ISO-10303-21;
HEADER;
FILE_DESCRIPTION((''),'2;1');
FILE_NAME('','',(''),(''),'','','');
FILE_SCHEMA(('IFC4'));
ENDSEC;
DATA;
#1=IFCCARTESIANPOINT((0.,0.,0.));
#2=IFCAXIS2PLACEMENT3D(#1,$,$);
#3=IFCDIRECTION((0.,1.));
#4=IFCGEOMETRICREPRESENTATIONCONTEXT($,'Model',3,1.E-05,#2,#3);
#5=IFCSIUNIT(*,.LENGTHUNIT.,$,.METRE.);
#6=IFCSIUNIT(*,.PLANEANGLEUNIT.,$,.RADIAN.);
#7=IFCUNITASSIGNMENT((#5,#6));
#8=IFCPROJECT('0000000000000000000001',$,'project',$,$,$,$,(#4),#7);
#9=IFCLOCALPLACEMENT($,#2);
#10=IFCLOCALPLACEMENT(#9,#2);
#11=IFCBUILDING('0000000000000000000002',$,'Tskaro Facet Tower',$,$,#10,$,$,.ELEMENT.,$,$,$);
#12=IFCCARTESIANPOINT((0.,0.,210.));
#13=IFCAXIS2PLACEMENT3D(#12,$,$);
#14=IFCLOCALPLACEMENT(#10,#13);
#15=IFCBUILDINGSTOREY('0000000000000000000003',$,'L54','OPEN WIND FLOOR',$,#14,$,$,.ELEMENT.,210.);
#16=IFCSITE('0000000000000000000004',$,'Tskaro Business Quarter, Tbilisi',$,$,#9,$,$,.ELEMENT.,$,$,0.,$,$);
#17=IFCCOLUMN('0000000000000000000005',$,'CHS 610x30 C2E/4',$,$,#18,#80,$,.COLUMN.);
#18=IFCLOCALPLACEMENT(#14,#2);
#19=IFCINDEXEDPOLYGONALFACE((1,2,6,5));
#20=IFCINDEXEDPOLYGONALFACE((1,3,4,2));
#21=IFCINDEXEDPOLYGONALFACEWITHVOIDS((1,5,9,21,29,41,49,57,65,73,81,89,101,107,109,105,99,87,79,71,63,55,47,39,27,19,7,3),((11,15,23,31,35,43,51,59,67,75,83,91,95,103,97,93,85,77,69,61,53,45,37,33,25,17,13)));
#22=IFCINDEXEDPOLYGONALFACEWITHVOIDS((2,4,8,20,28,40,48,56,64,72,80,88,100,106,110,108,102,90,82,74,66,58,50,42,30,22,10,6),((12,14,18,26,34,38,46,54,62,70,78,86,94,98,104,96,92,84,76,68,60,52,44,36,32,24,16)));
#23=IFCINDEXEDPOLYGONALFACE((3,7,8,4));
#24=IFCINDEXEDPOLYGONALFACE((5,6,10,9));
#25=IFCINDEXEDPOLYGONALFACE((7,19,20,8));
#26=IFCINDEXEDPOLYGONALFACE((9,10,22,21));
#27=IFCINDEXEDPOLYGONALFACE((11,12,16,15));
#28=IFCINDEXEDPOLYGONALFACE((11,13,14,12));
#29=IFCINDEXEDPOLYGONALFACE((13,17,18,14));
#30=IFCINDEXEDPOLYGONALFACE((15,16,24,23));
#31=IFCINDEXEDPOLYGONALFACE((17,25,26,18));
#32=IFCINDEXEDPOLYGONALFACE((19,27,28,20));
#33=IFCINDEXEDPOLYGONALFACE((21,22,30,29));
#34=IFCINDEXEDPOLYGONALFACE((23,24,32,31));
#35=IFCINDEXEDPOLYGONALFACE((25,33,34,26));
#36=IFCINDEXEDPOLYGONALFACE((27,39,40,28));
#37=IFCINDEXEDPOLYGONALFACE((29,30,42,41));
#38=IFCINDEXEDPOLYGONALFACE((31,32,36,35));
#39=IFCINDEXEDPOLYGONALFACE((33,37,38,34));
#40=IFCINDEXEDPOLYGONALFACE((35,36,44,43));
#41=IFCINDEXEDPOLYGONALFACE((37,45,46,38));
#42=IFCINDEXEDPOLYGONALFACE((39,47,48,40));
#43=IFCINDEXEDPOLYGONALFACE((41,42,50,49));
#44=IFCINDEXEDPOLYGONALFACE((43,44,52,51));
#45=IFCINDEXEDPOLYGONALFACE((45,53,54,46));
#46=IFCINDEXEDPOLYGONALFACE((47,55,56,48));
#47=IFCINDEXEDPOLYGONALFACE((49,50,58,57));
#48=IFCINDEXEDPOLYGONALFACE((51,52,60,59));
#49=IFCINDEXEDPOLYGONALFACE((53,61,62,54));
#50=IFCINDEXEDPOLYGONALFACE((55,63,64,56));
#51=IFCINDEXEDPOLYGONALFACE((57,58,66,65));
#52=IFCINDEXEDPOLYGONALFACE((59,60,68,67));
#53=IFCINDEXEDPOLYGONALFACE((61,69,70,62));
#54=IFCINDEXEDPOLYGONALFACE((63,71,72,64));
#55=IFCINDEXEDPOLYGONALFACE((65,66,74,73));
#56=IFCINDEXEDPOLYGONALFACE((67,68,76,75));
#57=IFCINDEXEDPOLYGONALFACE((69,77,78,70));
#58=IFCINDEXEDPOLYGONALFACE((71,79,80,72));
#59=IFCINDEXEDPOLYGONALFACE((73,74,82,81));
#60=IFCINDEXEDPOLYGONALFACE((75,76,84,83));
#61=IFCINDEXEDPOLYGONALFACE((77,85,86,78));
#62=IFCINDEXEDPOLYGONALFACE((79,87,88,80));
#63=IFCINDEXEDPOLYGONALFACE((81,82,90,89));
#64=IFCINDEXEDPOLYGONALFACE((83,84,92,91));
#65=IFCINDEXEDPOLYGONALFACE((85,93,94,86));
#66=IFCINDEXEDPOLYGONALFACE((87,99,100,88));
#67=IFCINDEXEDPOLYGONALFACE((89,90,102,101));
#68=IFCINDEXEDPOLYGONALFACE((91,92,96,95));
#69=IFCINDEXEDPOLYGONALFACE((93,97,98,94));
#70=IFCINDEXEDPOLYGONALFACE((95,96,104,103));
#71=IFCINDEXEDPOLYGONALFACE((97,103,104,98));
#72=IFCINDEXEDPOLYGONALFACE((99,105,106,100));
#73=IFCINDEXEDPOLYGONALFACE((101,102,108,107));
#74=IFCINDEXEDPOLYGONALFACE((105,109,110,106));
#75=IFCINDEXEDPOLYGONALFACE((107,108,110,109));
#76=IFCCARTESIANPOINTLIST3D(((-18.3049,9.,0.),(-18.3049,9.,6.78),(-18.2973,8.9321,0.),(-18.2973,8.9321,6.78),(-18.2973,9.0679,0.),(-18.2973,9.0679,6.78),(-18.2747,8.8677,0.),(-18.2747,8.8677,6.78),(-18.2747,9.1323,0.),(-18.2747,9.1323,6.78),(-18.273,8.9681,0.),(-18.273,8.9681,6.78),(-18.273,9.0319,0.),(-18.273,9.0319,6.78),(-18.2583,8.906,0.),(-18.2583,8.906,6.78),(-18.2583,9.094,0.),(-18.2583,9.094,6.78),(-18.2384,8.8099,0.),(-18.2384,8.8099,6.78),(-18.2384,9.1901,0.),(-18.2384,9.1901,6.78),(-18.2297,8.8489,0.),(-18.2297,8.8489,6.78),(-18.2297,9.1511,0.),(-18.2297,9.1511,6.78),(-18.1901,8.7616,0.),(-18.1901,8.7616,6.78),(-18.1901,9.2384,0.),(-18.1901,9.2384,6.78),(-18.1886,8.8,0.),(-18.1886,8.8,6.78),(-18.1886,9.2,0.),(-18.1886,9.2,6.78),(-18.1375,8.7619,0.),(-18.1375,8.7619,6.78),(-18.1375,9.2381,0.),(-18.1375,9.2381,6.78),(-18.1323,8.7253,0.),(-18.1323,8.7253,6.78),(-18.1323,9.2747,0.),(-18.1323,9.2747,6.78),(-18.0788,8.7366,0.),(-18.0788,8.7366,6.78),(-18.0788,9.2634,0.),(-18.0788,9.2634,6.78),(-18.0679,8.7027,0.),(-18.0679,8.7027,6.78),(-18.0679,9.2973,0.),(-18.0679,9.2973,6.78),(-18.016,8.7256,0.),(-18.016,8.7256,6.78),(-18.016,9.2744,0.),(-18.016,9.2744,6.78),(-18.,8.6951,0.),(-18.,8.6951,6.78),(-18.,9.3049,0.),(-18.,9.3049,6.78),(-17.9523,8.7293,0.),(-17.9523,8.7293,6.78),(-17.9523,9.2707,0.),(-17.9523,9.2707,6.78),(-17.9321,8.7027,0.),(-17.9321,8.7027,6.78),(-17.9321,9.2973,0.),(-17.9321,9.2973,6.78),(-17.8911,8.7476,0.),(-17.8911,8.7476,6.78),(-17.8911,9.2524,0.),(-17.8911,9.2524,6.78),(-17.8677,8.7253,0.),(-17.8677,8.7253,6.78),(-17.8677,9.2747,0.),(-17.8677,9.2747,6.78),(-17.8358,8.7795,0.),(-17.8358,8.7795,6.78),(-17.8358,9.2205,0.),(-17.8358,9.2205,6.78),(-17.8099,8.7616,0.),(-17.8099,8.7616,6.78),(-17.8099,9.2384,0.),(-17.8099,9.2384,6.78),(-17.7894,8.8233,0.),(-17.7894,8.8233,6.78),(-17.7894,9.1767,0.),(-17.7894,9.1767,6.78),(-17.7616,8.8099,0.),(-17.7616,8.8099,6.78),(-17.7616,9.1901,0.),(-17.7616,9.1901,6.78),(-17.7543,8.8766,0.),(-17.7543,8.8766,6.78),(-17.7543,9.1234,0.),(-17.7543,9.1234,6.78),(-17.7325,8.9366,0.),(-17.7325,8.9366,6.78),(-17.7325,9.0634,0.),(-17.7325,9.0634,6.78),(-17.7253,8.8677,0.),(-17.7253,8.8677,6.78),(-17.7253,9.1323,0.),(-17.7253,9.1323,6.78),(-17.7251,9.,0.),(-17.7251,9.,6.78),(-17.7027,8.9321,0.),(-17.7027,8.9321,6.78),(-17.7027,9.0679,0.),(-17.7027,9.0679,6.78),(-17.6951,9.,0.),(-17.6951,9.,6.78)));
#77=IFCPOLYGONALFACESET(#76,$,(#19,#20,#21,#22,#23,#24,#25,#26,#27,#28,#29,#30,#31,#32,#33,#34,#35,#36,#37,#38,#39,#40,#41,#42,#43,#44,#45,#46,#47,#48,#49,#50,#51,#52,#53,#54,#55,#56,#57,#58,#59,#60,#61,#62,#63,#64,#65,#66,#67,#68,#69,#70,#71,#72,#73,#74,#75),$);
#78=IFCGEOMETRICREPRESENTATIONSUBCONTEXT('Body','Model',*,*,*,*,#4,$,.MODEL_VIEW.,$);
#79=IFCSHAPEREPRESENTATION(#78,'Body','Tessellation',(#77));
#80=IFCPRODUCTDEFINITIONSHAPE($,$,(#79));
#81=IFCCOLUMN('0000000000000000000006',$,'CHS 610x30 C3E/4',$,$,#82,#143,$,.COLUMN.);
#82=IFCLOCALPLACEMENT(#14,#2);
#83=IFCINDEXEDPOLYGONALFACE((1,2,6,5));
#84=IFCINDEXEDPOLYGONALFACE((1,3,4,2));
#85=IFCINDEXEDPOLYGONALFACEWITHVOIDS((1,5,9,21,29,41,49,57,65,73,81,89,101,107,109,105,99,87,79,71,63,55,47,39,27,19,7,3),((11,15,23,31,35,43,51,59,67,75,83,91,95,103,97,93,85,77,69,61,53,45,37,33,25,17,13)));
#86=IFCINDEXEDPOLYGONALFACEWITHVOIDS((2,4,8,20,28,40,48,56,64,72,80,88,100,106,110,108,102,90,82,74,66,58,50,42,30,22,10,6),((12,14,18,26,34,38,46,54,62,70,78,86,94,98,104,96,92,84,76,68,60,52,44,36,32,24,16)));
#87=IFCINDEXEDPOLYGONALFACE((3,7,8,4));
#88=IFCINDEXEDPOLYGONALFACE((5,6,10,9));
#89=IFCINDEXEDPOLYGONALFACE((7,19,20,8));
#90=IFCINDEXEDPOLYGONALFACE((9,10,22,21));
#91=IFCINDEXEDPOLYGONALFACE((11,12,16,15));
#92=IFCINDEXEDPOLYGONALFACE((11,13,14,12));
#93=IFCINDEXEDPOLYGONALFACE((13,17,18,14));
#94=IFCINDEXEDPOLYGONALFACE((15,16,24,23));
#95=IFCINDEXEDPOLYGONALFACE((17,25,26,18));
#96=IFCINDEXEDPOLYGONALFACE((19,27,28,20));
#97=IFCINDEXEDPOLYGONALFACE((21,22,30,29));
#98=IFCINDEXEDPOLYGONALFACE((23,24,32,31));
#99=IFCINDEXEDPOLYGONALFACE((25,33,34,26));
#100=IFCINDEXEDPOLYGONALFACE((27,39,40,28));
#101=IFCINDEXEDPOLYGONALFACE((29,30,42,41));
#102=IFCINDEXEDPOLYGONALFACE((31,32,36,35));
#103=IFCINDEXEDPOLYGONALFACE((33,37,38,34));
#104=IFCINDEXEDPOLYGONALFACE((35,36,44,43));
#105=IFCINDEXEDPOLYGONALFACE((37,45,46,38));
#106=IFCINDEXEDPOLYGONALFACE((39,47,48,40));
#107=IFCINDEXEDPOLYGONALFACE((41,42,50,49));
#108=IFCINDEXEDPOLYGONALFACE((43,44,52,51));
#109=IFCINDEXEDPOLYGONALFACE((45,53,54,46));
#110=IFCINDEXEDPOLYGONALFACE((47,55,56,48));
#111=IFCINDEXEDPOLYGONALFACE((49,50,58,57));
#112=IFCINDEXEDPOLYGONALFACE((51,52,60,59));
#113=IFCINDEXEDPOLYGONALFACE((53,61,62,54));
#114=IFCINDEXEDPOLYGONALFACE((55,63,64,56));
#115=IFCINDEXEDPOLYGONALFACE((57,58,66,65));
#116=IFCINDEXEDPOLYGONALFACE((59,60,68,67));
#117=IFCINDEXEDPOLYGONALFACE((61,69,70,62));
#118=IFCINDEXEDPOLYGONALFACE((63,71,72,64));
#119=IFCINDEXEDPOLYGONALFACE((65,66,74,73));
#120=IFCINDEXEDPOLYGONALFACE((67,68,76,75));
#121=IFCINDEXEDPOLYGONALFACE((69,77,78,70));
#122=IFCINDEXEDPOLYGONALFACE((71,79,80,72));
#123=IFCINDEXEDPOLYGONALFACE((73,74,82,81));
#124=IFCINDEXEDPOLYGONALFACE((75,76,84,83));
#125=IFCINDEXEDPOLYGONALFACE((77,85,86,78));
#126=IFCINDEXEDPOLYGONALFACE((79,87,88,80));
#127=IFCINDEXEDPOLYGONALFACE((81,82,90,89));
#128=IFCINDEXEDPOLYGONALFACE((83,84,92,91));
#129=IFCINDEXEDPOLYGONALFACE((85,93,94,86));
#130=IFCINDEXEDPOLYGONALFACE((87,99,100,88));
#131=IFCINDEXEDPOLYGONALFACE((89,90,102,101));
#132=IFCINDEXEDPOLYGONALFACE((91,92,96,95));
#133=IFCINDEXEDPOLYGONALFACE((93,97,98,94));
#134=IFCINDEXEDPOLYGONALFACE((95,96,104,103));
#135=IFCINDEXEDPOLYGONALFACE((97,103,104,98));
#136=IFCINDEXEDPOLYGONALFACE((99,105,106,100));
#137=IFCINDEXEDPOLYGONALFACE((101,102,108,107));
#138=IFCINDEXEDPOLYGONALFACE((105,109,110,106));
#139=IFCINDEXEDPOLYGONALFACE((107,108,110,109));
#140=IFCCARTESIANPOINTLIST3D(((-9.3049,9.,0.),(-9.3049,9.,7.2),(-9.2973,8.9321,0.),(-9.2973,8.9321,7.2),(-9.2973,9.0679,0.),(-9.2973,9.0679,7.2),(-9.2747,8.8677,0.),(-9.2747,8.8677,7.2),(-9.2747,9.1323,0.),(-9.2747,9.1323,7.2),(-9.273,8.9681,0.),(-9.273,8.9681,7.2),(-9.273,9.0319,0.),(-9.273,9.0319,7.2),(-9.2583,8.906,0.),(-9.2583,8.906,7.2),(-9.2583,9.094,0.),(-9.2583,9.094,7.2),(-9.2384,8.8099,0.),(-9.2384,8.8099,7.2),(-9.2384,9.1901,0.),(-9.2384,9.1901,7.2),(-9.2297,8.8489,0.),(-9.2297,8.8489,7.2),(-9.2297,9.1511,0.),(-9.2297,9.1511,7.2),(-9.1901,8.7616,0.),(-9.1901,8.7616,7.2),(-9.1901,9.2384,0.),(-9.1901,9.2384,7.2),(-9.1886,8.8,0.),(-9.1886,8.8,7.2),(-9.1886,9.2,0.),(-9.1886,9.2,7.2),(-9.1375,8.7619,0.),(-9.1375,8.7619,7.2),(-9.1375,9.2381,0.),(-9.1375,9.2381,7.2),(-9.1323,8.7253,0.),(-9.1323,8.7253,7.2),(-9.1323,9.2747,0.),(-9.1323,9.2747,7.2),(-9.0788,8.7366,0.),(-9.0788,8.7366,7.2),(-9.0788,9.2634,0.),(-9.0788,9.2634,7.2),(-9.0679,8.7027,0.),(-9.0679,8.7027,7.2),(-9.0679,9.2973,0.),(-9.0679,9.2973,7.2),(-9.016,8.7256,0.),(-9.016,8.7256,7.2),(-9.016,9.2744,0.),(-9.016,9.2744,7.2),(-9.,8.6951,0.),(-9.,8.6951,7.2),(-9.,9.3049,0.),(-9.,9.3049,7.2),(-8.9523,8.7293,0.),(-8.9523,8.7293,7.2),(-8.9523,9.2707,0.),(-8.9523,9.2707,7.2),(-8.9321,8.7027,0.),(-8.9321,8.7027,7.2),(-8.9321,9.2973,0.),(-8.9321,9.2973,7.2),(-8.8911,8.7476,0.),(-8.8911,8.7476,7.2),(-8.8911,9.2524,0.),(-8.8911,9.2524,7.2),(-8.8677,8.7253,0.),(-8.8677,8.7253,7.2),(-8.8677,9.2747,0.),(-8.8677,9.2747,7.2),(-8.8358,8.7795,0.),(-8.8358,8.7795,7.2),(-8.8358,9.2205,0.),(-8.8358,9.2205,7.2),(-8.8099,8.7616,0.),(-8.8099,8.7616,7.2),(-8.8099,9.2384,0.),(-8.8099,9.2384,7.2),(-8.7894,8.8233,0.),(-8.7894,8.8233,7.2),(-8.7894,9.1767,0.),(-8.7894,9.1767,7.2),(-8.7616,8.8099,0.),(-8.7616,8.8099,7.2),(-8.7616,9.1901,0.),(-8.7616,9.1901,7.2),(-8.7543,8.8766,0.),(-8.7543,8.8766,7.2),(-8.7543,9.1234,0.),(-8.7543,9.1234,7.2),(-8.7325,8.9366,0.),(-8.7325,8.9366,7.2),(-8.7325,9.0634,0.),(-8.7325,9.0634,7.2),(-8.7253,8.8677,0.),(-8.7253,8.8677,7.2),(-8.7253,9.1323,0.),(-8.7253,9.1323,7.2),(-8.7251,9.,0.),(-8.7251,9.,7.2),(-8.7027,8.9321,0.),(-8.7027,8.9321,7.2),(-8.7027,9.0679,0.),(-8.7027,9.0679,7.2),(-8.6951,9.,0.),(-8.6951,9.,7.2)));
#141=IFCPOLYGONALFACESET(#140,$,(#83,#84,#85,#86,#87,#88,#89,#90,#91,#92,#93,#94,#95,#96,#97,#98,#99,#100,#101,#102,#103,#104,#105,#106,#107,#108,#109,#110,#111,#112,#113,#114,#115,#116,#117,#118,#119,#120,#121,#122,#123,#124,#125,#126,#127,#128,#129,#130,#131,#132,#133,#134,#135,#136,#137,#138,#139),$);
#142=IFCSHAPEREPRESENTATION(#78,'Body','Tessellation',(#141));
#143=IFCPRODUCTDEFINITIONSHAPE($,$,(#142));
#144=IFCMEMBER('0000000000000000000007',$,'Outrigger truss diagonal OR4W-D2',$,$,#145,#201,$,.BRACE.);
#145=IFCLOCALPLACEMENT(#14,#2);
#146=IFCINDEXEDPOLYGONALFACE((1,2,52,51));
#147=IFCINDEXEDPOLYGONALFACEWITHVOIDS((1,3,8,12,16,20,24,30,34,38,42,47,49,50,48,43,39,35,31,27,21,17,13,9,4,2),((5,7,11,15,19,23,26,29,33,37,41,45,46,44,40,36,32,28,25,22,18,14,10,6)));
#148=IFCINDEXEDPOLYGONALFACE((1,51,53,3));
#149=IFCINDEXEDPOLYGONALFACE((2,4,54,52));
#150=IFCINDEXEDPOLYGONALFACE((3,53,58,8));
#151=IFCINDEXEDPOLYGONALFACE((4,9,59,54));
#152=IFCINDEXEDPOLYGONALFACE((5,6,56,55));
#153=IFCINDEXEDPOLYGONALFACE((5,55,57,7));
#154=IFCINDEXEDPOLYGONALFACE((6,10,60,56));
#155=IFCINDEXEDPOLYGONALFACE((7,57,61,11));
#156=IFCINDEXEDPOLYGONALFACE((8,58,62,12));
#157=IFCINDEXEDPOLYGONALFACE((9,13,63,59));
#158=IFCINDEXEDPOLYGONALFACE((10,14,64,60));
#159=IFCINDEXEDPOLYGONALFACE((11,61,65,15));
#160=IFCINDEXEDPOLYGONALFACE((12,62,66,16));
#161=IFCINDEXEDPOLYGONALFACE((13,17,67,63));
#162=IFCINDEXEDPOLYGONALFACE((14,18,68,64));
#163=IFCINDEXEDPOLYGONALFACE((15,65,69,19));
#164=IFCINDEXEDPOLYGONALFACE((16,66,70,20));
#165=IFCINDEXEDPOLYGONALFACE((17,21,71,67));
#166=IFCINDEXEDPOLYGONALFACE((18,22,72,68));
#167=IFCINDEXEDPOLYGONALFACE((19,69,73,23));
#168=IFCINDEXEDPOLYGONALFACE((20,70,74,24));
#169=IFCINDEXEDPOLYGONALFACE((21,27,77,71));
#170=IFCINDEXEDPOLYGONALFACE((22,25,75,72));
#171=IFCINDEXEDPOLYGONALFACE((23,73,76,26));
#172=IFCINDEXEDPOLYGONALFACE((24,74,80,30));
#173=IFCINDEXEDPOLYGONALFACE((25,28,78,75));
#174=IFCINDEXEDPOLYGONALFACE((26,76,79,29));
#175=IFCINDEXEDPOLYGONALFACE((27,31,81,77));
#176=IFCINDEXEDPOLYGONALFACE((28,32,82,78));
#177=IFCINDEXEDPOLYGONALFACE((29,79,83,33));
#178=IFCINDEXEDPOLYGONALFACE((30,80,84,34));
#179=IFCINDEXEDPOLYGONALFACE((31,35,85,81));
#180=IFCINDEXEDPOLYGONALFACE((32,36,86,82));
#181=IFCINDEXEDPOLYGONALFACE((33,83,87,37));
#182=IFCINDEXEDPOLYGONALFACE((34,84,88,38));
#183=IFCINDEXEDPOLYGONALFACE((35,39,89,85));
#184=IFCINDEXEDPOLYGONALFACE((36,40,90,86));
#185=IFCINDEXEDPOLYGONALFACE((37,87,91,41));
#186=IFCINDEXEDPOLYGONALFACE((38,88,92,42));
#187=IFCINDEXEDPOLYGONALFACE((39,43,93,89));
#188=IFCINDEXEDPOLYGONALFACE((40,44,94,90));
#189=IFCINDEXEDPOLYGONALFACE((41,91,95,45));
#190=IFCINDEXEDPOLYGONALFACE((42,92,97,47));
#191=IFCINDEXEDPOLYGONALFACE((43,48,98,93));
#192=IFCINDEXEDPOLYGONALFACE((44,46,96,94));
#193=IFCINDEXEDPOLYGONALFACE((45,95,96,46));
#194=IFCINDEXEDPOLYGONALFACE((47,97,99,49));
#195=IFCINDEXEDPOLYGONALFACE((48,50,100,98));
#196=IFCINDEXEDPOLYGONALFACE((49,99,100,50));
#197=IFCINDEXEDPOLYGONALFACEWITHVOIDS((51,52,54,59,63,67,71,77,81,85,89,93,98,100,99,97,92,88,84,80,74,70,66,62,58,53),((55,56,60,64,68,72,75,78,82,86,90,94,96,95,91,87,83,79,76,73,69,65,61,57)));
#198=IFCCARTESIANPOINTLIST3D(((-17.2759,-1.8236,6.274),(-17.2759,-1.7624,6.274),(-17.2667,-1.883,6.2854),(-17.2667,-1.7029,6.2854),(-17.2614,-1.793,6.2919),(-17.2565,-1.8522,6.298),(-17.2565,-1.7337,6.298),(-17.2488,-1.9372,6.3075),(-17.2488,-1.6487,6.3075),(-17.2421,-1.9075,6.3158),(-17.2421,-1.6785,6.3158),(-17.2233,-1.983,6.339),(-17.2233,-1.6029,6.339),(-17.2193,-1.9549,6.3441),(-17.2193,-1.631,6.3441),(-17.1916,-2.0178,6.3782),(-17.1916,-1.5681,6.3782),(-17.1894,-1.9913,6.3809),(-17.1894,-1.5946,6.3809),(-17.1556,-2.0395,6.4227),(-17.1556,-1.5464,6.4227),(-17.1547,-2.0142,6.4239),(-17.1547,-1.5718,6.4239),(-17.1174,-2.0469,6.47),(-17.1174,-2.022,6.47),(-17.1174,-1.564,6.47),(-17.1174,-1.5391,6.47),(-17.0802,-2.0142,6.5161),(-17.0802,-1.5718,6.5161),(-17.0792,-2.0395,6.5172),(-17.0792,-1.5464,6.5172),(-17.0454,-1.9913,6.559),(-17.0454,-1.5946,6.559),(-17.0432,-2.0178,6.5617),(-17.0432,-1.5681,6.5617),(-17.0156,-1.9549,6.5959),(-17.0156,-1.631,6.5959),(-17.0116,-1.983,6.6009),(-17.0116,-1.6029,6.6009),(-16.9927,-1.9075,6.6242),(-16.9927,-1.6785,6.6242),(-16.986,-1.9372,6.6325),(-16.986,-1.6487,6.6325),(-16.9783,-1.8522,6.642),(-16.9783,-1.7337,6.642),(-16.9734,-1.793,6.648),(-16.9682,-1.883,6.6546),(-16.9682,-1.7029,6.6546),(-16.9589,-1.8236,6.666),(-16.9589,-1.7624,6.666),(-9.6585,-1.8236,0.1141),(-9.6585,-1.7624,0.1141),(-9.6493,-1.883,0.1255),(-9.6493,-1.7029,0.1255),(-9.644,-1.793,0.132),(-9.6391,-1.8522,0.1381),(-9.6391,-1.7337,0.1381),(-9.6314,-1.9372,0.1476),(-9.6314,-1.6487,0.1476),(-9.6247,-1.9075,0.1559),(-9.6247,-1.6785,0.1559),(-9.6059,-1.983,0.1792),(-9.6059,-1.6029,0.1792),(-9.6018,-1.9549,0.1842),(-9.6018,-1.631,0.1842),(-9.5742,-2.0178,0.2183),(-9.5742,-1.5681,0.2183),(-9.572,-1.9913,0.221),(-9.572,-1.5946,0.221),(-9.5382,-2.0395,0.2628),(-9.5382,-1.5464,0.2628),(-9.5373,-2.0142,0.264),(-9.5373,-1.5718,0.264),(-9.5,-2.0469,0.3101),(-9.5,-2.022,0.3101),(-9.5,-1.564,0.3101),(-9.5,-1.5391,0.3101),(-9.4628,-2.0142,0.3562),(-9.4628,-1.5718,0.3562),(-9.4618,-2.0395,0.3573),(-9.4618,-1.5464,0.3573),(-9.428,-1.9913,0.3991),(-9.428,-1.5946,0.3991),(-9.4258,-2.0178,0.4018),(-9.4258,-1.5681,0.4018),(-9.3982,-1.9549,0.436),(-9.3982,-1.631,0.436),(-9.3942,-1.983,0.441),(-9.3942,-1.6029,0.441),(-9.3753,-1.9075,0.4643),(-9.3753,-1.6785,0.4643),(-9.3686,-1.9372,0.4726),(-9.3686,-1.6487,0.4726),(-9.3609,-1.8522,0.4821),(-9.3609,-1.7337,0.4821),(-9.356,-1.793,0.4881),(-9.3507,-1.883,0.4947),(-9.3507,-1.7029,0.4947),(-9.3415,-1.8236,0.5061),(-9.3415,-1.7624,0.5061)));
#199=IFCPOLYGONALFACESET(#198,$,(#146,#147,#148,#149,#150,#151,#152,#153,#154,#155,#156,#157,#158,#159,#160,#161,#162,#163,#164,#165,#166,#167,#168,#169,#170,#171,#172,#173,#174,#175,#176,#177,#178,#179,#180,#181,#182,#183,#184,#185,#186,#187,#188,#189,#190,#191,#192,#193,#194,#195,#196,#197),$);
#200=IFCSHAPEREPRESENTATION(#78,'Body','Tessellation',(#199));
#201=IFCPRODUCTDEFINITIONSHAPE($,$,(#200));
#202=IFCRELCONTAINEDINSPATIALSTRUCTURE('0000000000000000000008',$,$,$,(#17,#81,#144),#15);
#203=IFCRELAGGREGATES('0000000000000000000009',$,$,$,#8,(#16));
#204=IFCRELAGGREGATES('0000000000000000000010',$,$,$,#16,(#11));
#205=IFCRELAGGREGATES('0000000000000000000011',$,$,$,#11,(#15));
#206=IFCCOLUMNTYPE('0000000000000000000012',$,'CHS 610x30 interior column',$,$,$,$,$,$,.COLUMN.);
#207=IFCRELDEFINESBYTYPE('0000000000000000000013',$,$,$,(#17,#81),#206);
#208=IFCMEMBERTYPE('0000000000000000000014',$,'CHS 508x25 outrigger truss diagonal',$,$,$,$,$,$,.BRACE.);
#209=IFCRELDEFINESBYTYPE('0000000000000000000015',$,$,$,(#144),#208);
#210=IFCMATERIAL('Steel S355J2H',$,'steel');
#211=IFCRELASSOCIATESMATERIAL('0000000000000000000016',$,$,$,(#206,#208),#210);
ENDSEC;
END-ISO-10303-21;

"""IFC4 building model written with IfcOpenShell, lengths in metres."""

from ifc_helpers import new_model, si_unit, direction, frame, origin, origin_2d, place, context, subcontext, project, spatial, hollow_circle, extrude, material, material_profile, profile_set, type_object, element, save


model = new_model("IFC4")

# Units and contexts
model_context = context("Model", 3, precision=1e-05, world=origin(), true_north=direction((0.0, 1.0)))
body_context = subcontext(model_context, "Body", "Model", "MODEL_VIEW")
ifc_project = project(units=[si_unit("LENGTHUNIT", "METRE"), si_unit("PLANEANGLEUNIT", "RADIAN")], contexts=[model_context])

# Site, building, storey
site_placement = place(None, origin())
site = spatial("IfcSite", under=ifc_project, at=site_placement, Name="Tskaro Business Quarter, Tbilisi", CompositionType="ELEMENT", RefElevation=0.0)
building_placement = place(site_placement, origin())
building = spatial("IfcBuilding", under=site, at=building_placement, Name="Tskaro Facet Tower", CompositionType="ELEMENT")
storey_placement = place(building_placement, frame((0.0, 0.0, 210.0)))
storey = spatial("IfcBuildingStorey", under=building, at=storey_placement, Name="L54", Description="OPEN WIND FLOOR", CompositionType="ELEMENT", Elevation=210.0)

# Columns
ifc_material_1 = material(Name="Steel S355J2H", Category="steel")
ifc_material_profile_1 = material_profile(ifc_material_1, hollow_circle(Radius=0.3049, WallThickness=0.03, at=origin_2d()), Name="CHS 610x30")
ifc_profile_set_1 = profile_set([ifc_material_profile_1], Name="Steel S355J2H")
column_type = type_object("IfcColumnType", Name="CHS 610x30 interior column", PredefinedType="COLUMN", material=ifc_profile_set_1)
column_1_placement = place(storey_placement, frame((-18.0, 9.0, 0.0), z_axis=(0.0, 0.0, 1.0), x_axis=(1.0, 0.0, 0.0)))
element("IfcColumn", 1, at=column_1_placement, inside=storey, type_object=column_type, Name="CHS 610x30 C2E/4", PredefinedType="COLUMN", context=body_context, shape_type="SweptSolid", body=[
    extrude(hollow_circle(Radius=0.3049, WallThickness=0.03, at=origin_2d()), origin(), (0.0, 0.0, 1.0), 6.78),
])
column_2_placement = place(storey_placement, frame((-9.0, 9.0, 0.0), z_axis=(0.0, 0.0, 1.0), x_axis=(1.0, 0.0, 0.0)))
element("IfcColumn", 2, at=column_2_placement, inside=storey, type_object=column_type, Name="CHS 610x30 C3E/4", PredefinedType="COLUMN", context=body_context, shape_type="SweptSolid", body=[
    extrude(hollow_circle(Radius=0.3049, WallThickness=0.03, at=origin_2d()), origin(), (0.0, 0.0, 1.0), 7.2),
])

# Member
ifc_material_profile_2 = material_profile(ifc_material_1, hollow_circle(Radius=0.2539, WallThickness=0.0249, at=origin_2d()), Name="CHS 508x25")
ifc_profile_set_2 = profile_set([ifc_material_profile_2], Name="Steel S355J2H")
member_type_1 = type_object("IfcMemberType", Name="CHS 508x25 outrigger truss diagonal", PredefinedType="BRACE", material=ifc_profile_set_2)
member_1_placement = place(storey_placement, frame((-17.1174, -1.793, 6.47), z_axis=(0.777573, 0.0, -0.628792), x_axis=(0.0, 1.0, 0.0)))
element("IfcMember", 3, at=member_1_placement, inside=storey, type_object=member_type_1, Name="Outrigger truss diagonal OR4W-D2", PredefinedType="BRACE", context=body_context, shape_type="SweptSolid", body=[
    extrude(hollow_circle(Radius=0.2539, WallThickness=0.0249, at=origin_2d()), origin(), (0.0, 0.0, 1.0), 9.7964),
])

save(model, "model.ifc")
